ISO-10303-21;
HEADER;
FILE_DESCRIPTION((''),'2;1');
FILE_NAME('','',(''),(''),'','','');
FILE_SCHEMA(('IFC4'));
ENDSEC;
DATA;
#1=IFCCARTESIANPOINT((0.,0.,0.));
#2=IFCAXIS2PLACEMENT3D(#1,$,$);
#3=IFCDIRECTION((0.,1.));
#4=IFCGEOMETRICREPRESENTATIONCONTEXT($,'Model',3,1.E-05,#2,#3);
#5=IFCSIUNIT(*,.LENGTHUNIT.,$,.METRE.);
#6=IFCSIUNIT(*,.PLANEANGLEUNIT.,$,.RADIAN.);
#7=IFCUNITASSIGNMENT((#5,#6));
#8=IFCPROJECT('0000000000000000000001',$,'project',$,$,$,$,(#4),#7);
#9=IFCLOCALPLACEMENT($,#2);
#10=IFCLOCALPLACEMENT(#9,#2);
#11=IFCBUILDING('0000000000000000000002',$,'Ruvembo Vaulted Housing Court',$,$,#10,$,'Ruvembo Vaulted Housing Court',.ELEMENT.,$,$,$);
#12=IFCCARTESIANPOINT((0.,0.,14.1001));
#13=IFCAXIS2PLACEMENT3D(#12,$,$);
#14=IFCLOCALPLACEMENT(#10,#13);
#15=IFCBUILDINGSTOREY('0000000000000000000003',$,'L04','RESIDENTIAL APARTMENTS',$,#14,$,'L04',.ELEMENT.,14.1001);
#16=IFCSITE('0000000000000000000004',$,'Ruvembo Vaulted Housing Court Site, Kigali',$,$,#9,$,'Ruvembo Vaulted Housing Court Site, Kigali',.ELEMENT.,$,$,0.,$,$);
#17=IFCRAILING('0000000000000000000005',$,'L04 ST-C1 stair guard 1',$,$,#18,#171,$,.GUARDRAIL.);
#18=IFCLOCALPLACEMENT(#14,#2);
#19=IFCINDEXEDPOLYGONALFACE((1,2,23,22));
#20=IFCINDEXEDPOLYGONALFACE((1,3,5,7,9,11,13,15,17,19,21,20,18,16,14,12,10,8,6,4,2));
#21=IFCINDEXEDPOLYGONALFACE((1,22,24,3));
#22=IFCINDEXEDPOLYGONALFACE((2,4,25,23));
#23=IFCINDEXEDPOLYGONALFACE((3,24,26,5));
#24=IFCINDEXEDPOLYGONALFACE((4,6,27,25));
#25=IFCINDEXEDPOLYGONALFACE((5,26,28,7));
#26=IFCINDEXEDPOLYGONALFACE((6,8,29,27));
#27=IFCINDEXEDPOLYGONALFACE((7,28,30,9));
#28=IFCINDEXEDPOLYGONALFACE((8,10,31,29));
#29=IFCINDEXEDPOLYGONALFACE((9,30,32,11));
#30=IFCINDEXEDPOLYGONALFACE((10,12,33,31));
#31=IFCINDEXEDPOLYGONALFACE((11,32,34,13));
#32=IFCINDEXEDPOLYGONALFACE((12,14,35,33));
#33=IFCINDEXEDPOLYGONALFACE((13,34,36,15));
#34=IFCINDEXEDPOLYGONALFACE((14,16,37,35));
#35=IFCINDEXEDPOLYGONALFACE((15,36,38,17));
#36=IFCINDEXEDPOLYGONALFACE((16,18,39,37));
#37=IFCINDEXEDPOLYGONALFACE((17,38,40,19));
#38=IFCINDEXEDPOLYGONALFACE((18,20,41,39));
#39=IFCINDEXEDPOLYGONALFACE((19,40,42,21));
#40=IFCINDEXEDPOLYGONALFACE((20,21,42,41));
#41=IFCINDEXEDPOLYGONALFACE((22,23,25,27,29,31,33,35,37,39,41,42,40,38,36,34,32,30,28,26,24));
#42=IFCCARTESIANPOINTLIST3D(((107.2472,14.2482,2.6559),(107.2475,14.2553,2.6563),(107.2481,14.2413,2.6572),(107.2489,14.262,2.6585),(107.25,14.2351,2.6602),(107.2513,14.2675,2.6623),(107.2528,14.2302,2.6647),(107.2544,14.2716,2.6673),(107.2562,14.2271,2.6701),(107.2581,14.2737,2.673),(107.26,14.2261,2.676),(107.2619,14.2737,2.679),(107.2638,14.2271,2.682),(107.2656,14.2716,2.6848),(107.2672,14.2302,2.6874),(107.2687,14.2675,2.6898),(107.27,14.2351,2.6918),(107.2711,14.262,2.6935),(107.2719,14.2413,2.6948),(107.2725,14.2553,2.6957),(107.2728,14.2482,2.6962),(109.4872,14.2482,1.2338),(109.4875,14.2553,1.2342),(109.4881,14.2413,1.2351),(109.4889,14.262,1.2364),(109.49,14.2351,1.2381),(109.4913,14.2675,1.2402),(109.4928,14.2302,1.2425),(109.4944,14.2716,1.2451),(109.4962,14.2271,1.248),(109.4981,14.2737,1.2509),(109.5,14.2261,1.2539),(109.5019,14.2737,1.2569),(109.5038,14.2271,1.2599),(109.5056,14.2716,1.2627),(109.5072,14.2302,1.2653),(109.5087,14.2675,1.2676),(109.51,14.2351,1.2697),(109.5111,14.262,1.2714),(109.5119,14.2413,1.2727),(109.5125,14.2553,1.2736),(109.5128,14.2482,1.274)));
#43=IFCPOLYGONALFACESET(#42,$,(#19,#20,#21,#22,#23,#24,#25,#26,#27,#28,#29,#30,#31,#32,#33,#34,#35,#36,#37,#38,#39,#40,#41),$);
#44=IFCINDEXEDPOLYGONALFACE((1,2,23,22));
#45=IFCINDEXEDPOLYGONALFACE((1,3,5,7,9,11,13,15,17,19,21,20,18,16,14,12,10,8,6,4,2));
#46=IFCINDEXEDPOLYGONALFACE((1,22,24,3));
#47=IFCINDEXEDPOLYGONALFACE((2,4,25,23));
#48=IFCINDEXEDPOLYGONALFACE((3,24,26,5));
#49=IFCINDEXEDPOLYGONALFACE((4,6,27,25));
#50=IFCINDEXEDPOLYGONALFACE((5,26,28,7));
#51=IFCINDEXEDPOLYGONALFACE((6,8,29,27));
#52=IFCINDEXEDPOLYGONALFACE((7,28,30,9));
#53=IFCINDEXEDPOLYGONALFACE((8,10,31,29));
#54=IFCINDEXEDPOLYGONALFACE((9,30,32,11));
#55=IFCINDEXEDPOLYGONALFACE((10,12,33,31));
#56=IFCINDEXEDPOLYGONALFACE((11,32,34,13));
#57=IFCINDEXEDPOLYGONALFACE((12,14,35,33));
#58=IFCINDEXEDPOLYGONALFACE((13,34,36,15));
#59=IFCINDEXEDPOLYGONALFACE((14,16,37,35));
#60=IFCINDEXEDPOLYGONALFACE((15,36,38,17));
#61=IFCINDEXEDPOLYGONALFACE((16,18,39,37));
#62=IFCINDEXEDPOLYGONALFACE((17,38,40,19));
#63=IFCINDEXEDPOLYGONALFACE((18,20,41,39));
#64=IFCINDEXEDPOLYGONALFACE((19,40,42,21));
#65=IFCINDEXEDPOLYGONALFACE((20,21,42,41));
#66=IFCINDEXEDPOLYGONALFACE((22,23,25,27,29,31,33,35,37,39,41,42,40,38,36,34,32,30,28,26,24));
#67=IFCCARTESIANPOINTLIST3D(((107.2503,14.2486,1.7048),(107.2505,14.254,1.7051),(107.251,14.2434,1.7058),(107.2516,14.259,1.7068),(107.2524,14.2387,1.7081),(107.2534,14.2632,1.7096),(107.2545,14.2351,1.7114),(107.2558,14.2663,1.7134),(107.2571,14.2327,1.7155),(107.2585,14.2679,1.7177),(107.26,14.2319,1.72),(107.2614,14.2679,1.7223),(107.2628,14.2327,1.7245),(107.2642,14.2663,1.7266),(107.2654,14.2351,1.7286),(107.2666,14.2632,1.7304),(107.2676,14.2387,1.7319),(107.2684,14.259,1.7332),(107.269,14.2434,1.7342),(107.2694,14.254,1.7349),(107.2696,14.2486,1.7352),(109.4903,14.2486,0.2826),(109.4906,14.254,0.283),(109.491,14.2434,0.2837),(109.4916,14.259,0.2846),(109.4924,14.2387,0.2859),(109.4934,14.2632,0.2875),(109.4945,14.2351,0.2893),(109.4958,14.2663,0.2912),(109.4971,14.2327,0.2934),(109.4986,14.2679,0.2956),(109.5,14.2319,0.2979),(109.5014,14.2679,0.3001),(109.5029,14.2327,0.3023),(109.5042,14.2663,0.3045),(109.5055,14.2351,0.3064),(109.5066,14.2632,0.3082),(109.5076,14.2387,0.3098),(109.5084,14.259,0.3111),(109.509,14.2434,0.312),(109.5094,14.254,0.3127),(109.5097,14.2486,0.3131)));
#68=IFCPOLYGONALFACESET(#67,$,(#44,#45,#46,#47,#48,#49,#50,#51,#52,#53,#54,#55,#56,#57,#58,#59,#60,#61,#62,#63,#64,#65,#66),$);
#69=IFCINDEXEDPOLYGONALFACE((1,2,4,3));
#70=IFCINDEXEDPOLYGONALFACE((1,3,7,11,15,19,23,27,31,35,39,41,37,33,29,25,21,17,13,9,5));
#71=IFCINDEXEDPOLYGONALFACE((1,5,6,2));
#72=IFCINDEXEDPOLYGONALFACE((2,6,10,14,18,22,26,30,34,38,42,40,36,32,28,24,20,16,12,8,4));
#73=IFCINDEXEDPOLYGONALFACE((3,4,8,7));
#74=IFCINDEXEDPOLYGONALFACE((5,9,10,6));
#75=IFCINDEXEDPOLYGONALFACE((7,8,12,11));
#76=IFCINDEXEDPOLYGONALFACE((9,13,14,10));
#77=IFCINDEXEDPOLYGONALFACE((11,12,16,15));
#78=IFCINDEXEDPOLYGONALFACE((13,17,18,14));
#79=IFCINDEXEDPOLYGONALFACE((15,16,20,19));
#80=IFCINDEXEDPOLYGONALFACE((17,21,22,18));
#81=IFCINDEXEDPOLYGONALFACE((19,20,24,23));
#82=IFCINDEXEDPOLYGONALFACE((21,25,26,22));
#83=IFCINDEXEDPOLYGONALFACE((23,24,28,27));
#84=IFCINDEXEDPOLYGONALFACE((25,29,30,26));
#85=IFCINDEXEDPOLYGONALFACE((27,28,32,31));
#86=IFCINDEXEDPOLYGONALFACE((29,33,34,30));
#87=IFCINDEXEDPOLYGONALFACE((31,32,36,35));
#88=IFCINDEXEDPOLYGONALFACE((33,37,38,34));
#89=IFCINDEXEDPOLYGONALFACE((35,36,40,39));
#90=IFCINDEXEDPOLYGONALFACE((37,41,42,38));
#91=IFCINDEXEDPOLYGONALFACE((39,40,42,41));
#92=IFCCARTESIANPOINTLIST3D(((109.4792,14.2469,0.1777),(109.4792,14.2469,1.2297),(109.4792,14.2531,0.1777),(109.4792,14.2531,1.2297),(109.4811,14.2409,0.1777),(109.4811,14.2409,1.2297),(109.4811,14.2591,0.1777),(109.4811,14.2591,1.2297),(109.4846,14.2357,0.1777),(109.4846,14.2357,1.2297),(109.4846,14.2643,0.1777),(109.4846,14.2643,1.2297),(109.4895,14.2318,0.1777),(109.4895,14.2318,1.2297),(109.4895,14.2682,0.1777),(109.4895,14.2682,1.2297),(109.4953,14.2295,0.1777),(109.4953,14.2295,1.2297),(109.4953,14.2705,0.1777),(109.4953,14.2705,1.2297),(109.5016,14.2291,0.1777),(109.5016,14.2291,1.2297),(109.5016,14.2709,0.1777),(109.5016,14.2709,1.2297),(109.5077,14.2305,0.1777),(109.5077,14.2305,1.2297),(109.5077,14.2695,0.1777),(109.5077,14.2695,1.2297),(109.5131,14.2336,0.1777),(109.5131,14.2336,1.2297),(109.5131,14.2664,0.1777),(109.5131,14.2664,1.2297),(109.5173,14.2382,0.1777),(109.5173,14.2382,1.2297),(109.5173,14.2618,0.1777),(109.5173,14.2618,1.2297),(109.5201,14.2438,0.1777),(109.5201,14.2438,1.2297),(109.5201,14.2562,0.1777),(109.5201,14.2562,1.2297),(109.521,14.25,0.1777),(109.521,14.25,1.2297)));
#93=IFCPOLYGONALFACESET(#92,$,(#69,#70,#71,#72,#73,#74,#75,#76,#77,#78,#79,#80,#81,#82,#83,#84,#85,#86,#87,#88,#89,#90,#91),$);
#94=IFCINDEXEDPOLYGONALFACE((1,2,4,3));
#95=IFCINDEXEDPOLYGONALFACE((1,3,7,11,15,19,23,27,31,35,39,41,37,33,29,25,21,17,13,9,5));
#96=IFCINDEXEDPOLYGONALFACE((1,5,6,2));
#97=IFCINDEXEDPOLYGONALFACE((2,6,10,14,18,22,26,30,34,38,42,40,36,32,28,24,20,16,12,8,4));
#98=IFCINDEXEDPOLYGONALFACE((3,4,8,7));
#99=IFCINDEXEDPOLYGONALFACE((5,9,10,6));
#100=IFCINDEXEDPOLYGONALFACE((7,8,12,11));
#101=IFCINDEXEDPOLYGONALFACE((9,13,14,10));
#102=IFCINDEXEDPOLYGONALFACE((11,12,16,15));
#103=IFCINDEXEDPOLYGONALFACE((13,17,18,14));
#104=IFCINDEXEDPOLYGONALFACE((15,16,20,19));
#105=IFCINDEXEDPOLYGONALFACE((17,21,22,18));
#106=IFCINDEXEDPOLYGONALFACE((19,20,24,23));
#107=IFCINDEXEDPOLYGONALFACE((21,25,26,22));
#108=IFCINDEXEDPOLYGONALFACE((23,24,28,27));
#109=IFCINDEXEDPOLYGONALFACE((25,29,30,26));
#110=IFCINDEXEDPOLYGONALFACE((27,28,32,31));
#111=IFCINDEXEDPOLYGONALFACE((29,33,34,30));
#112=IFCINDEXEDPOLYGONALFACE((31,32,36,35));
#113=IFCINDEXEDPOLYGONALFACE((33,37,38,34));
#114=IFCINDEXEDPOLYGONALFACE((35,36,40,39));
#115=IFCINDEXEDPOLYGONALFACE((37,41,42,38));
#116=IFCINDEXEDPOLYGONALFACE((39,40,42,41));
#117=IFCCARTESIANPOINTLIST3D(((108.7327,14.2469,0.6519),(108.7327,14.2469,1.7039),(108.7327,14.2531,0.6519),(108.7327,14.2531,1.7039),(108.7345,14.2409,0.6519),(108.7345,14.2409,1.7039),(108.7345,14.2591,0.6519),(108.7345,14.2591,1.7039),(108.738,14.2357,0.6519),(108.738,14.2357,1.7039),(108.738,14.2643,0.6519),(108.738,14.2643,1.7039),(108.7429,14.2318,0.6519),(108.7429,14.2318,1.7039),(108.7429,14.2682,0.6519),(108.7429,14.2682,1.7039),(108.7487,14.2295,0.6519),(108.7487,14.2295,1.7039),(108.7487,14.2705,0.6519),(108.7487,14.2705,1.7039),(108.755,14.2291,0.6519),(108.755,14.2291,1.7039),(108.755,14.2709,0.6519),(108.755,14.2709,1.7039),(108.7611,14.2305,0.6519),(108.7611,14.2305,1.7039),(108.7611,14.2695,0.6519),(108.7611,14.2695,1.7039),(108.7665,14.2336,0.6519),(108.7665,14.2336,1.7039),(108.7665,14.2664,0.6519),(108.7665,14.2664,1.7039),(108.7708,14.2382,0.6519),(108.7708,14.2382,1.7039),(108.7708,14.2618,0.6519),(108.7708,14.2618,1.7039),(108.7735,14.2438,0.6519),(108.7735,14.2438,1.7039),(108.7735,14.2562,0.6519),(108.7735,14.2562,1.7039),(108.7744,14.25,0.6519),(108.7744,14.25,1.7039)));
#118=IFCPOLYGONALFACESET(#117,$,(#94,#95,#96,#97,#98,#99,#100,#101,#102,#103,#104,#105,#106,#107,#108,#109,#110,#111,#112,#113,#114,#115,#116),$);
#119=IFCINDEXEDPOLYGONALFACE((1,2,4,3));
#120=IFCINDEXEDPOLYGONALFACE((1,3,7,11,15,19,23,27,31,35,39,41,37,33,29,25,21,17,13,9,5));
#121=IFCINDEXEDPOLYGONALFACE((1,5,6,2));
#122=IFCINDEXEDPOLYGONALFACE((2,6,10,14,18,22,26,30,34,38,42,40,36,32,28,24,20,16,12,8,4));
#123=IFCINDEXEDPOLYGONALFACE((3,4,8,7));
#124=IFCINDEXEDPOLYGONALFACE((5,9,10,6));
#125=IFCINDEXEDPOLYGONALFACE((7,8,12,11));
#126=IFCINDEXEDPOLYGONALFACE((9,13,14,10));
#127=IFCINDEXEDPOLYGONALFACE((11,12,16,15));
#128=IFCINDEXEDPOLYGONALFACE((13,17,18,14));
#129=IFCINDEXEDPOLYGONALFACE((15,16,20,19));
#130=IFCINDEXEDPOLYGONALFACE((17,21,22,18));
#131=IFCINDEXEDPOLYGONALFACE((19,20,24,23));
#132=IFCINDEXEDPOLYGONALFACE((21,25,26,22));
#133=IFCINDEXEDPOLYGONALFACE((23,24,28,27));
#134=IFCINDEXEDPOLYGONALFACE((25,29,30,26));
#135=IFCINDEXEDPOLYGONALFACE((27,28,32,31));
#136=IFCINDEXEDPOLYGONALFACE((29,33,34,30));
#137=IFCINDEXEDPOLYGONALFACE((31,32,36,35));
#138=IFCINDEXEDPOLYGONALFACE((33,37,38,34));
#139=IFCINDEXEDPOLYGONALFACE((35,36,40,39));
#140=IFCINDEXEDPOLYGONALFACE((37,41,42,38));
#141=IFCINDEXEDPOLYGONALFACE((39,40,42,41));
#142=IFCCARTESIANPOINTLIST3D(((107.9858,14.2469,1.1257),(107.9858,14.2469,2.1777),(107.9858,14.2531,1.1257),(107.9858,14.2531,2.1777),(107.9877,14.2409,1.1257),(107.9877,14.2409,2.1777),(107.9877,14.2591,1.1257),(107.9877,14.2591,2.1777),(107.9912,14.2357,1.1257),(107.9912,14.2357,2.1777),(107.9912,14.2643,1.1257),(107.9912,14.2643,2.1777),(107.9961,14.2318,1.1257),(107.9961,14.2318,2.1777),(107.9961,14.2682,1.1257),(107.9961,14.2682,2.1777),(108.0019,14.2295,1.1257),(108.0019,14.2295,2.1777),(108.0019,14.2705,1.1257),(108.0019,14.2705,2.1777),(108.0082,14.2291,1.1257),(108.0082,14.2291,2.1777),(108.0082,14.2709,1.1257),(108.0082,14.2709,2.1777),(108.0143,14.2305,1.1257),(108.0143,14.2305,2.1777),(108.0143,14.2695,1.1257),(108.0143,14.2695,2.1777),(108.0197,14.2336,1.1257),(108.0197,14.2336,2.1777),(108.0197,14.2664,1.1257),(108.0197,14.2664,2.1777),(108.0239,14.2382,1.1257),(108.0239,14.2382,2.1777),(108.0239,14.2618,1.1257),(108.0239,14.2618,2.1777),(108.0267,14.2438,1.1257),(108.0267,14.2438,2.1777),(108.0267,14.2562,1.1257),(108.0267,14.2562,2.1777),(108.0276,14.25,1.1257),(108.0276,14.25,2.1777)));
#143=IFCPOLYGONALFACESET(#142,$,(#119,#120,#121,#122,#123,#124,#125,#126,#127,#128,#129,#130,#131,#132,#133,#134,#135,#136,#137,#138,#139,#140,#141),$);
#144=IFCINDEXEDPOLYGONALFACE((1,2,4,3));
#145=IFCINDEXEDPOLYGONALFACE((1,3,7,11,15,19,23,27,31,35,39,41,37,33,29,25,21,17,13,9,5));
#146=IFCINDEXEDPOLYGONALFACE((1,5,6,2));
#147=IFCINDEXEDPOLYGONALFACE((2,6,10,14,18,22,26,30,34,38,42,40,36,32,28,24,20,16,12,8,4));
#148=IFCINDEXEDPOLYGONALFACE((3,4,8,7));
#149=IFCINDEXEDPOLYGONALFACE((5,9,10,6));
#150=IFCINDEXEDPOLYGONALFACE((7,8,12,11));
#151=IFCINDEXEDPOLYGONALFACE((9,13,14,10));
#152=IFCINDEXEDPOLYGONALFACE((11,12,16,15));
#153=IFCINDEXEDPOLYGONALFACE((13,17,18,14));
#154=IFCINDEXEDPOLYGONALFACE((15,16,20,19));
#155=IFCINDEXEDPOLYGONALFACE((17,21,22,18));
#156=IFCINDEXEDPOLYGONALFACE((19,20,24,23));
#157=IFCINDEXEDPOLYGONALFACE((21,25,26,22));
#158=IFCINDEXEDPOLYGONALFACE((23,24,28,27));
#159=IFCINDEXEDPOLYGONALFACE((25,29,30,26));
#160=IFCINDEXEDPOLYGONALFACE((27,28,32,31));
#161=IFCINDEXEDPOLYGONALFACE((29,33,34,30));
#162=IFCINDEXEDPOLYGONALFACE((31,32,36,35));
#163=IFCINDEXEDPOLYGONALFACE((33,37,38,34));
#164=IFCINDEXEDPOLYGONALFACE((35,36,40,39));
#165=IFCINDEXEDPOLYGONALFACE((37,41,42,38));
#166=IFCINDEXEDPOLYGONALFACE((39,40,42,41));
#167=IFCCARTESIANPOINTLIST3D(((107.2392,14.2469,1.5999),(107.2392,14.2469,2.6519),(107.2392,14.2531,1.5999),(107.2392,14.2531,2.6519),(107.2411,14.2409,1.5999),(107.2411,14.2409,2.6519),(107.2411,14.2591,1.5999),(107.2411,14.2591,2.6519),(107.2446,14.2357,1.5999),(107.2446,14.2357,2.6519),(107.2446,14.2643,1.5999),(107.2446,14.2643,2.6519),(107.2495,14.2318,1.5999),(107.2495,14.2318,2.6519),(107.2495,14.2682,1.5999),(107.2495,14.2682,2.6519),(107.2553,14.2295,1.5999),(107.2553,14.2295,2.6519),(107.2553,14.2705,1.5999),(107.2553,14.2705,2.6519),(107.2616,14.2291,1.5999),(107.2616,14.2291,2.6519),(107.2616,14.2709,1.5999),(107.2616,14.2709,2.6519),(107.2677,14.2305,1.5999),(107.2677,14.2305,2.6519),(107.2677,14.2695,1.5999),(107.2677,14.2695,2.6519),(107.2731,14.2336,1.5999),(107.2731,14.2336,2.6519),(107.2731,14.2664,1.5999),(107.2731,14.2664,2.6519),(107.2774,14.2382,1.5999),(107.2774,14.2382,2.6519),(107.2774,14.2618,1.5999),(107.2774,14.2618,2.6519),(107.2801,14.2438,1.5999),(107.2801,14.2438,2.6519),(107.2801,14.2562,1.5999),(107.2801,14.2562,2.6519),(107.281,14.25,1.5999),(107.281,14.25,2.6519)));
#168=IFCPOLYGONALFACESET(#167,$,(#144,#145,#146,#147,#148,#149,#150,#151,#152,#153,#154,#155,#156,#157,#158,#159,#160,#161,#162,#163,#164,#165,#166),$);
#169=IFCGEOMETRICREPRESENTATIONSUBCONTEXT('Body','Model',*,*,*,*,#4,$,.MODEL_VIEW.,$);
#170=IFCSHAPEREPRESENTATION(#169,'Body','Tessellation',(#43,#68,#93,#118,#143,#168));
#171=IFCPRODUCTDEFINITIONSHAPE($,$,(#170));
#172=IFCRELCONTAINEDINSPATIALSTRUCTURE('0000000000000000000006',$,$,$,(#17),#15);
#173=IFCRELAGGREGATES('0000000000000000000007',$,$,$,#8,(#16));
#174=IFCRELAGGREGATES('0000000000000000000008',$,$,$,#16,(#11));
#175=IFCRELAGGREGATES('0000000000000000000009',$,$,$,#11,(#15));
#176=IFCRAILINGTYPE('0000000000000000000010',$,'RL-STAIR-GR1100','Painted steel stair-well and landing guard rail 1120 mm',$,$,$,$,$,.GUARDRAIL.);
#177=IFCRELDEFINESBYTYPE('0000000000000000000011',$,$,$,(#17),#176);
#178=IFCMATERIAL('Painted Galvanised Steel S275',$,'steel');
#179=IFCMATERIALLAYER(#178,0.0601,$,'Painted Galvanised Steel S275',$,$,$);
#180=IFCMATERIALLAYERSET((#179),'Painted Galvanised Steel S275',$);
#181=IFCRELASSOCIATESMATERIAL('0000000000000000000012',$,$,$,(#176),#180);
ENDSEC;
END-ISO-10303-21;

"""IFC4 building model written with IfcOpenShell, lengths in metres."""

from ifc_helpers import new_model, si_unit, direction, frame, origin, origin_2d, place, context, subcontext, project, spatial, circle, extrude, material, layer, layer_set, type_object, element, save


model = new_model("IFC4")

# Units and contexts
model_context = context("Model", 3, precision=1e-05, world=origin(), true_north=direction((0.0, 1.0)))
body_context = subcontext(model_context, "Body", "Model", "MODEL_VIEW")
ifc_project = project(units=[si_unit("LENGTHUNIT", "METRE"), si_unit("PLANEANGLEUNIT", "RADIAN")], contexts=[model_context])

# Site, building, storey
site_placement = place(None, origin())
site = spatial("IfcSite", under=ifc_project, at=site_placement, Name="Ruvembo Vaulted Housing Court Site, Kigali", LongName="Ruvembo Vaulted Housing Court Site, Kigali", CompositionType="ELEMENT", RefElevation=0.0)
building_placement = place(site_placement, origin())
building = spatial("IfcBuilding", under=site, at=building_placement, Name="Ruvembo Vaulted Housing Court", LongName="Ruvembo Vaulted Housing Court", CompositionType="ELEMENT")
storey_placement = place(building_placement, frame((0.0, 0.0, 14.1001)))
storey = spatial("IfcBuildingStorey", under=building, at=storey_placement, Name="L04", Description="RESIDENTIAL APARTMENTS", LongName="L04", CompositionType="ELEMENT", Elevation=14.1001)

# Railing
ifc_material_1 = material(Name="Painted Galvanised Steel S275", Category="steel")
ifc_layer_1 = layer(ifc_material_1, 0.0601, Name="Painted Galvanised Steel S275")
ifc_layer_set_1 = layer_set([ifc_layer_1], Name="Painted Galvanised Steel S275")
railing_type_1 = type_object("IfcRailingType", Name="RL-STAIR-GR1100", Description="Painted steel stair-well and landing guard rail 1120 mm", PredefinedType="GUARDRAIL", material=ifc_layer_set_1)
railing_1_placement = place(storey_placement, frame((109.5, 14.25, 0.1777)))
element("IfcRailing", 1, at=railing_1_placement, inside=storey, type_object=railing_type_1, Name="L04 ST-C1 stair guard 1", PredefinedType="GUARDRAIL", context=body_context, shape_type="SweptSolid", body=[
    extrude(circle(Radius=0.0239, at=origin_2d()), frame((0.0, 0.0, 1.0762), z_axis=(-0.844229, 0.0, 0.535982), x_axis=(0.0, -1.0, 0.0)), (0.0, 0.0, 1.0), 2.6533),
    extrude(circle(Radius=0.0181, at=origin_2d()), frame((0.0, 0.0, 0.1201), z_axis=(-0.844229, 0.0, 0.535982), x_axis=(0.0, -1.0, 0.0)), (0.0, 0.0, 1.0), 2.6533),
    extrude(circle(Radius=0.021, at=origin_2d()), origin(), (0.0, 0.0, 1.0), 1.052),
    extrude(circle(Radius=0.021, at=origin_2d()), frame((-0.7466, 0.0, 0.4741)), (0.0, 0.0, 1.0), 1.052),
    extrude(circle(Radius=0.021, at=origin_2d()), frame((-1.4934, 0.0, 0.948)), (0.0, 0.0, 1.0), 1.052),
    extrude(circle(Radius=0.021, at=origin_2d()), frame((-2.24, 0.0, 1.4221)), (0.0, 0.0, 1.0), 1.052),
])

save(model, "model.ifc")
